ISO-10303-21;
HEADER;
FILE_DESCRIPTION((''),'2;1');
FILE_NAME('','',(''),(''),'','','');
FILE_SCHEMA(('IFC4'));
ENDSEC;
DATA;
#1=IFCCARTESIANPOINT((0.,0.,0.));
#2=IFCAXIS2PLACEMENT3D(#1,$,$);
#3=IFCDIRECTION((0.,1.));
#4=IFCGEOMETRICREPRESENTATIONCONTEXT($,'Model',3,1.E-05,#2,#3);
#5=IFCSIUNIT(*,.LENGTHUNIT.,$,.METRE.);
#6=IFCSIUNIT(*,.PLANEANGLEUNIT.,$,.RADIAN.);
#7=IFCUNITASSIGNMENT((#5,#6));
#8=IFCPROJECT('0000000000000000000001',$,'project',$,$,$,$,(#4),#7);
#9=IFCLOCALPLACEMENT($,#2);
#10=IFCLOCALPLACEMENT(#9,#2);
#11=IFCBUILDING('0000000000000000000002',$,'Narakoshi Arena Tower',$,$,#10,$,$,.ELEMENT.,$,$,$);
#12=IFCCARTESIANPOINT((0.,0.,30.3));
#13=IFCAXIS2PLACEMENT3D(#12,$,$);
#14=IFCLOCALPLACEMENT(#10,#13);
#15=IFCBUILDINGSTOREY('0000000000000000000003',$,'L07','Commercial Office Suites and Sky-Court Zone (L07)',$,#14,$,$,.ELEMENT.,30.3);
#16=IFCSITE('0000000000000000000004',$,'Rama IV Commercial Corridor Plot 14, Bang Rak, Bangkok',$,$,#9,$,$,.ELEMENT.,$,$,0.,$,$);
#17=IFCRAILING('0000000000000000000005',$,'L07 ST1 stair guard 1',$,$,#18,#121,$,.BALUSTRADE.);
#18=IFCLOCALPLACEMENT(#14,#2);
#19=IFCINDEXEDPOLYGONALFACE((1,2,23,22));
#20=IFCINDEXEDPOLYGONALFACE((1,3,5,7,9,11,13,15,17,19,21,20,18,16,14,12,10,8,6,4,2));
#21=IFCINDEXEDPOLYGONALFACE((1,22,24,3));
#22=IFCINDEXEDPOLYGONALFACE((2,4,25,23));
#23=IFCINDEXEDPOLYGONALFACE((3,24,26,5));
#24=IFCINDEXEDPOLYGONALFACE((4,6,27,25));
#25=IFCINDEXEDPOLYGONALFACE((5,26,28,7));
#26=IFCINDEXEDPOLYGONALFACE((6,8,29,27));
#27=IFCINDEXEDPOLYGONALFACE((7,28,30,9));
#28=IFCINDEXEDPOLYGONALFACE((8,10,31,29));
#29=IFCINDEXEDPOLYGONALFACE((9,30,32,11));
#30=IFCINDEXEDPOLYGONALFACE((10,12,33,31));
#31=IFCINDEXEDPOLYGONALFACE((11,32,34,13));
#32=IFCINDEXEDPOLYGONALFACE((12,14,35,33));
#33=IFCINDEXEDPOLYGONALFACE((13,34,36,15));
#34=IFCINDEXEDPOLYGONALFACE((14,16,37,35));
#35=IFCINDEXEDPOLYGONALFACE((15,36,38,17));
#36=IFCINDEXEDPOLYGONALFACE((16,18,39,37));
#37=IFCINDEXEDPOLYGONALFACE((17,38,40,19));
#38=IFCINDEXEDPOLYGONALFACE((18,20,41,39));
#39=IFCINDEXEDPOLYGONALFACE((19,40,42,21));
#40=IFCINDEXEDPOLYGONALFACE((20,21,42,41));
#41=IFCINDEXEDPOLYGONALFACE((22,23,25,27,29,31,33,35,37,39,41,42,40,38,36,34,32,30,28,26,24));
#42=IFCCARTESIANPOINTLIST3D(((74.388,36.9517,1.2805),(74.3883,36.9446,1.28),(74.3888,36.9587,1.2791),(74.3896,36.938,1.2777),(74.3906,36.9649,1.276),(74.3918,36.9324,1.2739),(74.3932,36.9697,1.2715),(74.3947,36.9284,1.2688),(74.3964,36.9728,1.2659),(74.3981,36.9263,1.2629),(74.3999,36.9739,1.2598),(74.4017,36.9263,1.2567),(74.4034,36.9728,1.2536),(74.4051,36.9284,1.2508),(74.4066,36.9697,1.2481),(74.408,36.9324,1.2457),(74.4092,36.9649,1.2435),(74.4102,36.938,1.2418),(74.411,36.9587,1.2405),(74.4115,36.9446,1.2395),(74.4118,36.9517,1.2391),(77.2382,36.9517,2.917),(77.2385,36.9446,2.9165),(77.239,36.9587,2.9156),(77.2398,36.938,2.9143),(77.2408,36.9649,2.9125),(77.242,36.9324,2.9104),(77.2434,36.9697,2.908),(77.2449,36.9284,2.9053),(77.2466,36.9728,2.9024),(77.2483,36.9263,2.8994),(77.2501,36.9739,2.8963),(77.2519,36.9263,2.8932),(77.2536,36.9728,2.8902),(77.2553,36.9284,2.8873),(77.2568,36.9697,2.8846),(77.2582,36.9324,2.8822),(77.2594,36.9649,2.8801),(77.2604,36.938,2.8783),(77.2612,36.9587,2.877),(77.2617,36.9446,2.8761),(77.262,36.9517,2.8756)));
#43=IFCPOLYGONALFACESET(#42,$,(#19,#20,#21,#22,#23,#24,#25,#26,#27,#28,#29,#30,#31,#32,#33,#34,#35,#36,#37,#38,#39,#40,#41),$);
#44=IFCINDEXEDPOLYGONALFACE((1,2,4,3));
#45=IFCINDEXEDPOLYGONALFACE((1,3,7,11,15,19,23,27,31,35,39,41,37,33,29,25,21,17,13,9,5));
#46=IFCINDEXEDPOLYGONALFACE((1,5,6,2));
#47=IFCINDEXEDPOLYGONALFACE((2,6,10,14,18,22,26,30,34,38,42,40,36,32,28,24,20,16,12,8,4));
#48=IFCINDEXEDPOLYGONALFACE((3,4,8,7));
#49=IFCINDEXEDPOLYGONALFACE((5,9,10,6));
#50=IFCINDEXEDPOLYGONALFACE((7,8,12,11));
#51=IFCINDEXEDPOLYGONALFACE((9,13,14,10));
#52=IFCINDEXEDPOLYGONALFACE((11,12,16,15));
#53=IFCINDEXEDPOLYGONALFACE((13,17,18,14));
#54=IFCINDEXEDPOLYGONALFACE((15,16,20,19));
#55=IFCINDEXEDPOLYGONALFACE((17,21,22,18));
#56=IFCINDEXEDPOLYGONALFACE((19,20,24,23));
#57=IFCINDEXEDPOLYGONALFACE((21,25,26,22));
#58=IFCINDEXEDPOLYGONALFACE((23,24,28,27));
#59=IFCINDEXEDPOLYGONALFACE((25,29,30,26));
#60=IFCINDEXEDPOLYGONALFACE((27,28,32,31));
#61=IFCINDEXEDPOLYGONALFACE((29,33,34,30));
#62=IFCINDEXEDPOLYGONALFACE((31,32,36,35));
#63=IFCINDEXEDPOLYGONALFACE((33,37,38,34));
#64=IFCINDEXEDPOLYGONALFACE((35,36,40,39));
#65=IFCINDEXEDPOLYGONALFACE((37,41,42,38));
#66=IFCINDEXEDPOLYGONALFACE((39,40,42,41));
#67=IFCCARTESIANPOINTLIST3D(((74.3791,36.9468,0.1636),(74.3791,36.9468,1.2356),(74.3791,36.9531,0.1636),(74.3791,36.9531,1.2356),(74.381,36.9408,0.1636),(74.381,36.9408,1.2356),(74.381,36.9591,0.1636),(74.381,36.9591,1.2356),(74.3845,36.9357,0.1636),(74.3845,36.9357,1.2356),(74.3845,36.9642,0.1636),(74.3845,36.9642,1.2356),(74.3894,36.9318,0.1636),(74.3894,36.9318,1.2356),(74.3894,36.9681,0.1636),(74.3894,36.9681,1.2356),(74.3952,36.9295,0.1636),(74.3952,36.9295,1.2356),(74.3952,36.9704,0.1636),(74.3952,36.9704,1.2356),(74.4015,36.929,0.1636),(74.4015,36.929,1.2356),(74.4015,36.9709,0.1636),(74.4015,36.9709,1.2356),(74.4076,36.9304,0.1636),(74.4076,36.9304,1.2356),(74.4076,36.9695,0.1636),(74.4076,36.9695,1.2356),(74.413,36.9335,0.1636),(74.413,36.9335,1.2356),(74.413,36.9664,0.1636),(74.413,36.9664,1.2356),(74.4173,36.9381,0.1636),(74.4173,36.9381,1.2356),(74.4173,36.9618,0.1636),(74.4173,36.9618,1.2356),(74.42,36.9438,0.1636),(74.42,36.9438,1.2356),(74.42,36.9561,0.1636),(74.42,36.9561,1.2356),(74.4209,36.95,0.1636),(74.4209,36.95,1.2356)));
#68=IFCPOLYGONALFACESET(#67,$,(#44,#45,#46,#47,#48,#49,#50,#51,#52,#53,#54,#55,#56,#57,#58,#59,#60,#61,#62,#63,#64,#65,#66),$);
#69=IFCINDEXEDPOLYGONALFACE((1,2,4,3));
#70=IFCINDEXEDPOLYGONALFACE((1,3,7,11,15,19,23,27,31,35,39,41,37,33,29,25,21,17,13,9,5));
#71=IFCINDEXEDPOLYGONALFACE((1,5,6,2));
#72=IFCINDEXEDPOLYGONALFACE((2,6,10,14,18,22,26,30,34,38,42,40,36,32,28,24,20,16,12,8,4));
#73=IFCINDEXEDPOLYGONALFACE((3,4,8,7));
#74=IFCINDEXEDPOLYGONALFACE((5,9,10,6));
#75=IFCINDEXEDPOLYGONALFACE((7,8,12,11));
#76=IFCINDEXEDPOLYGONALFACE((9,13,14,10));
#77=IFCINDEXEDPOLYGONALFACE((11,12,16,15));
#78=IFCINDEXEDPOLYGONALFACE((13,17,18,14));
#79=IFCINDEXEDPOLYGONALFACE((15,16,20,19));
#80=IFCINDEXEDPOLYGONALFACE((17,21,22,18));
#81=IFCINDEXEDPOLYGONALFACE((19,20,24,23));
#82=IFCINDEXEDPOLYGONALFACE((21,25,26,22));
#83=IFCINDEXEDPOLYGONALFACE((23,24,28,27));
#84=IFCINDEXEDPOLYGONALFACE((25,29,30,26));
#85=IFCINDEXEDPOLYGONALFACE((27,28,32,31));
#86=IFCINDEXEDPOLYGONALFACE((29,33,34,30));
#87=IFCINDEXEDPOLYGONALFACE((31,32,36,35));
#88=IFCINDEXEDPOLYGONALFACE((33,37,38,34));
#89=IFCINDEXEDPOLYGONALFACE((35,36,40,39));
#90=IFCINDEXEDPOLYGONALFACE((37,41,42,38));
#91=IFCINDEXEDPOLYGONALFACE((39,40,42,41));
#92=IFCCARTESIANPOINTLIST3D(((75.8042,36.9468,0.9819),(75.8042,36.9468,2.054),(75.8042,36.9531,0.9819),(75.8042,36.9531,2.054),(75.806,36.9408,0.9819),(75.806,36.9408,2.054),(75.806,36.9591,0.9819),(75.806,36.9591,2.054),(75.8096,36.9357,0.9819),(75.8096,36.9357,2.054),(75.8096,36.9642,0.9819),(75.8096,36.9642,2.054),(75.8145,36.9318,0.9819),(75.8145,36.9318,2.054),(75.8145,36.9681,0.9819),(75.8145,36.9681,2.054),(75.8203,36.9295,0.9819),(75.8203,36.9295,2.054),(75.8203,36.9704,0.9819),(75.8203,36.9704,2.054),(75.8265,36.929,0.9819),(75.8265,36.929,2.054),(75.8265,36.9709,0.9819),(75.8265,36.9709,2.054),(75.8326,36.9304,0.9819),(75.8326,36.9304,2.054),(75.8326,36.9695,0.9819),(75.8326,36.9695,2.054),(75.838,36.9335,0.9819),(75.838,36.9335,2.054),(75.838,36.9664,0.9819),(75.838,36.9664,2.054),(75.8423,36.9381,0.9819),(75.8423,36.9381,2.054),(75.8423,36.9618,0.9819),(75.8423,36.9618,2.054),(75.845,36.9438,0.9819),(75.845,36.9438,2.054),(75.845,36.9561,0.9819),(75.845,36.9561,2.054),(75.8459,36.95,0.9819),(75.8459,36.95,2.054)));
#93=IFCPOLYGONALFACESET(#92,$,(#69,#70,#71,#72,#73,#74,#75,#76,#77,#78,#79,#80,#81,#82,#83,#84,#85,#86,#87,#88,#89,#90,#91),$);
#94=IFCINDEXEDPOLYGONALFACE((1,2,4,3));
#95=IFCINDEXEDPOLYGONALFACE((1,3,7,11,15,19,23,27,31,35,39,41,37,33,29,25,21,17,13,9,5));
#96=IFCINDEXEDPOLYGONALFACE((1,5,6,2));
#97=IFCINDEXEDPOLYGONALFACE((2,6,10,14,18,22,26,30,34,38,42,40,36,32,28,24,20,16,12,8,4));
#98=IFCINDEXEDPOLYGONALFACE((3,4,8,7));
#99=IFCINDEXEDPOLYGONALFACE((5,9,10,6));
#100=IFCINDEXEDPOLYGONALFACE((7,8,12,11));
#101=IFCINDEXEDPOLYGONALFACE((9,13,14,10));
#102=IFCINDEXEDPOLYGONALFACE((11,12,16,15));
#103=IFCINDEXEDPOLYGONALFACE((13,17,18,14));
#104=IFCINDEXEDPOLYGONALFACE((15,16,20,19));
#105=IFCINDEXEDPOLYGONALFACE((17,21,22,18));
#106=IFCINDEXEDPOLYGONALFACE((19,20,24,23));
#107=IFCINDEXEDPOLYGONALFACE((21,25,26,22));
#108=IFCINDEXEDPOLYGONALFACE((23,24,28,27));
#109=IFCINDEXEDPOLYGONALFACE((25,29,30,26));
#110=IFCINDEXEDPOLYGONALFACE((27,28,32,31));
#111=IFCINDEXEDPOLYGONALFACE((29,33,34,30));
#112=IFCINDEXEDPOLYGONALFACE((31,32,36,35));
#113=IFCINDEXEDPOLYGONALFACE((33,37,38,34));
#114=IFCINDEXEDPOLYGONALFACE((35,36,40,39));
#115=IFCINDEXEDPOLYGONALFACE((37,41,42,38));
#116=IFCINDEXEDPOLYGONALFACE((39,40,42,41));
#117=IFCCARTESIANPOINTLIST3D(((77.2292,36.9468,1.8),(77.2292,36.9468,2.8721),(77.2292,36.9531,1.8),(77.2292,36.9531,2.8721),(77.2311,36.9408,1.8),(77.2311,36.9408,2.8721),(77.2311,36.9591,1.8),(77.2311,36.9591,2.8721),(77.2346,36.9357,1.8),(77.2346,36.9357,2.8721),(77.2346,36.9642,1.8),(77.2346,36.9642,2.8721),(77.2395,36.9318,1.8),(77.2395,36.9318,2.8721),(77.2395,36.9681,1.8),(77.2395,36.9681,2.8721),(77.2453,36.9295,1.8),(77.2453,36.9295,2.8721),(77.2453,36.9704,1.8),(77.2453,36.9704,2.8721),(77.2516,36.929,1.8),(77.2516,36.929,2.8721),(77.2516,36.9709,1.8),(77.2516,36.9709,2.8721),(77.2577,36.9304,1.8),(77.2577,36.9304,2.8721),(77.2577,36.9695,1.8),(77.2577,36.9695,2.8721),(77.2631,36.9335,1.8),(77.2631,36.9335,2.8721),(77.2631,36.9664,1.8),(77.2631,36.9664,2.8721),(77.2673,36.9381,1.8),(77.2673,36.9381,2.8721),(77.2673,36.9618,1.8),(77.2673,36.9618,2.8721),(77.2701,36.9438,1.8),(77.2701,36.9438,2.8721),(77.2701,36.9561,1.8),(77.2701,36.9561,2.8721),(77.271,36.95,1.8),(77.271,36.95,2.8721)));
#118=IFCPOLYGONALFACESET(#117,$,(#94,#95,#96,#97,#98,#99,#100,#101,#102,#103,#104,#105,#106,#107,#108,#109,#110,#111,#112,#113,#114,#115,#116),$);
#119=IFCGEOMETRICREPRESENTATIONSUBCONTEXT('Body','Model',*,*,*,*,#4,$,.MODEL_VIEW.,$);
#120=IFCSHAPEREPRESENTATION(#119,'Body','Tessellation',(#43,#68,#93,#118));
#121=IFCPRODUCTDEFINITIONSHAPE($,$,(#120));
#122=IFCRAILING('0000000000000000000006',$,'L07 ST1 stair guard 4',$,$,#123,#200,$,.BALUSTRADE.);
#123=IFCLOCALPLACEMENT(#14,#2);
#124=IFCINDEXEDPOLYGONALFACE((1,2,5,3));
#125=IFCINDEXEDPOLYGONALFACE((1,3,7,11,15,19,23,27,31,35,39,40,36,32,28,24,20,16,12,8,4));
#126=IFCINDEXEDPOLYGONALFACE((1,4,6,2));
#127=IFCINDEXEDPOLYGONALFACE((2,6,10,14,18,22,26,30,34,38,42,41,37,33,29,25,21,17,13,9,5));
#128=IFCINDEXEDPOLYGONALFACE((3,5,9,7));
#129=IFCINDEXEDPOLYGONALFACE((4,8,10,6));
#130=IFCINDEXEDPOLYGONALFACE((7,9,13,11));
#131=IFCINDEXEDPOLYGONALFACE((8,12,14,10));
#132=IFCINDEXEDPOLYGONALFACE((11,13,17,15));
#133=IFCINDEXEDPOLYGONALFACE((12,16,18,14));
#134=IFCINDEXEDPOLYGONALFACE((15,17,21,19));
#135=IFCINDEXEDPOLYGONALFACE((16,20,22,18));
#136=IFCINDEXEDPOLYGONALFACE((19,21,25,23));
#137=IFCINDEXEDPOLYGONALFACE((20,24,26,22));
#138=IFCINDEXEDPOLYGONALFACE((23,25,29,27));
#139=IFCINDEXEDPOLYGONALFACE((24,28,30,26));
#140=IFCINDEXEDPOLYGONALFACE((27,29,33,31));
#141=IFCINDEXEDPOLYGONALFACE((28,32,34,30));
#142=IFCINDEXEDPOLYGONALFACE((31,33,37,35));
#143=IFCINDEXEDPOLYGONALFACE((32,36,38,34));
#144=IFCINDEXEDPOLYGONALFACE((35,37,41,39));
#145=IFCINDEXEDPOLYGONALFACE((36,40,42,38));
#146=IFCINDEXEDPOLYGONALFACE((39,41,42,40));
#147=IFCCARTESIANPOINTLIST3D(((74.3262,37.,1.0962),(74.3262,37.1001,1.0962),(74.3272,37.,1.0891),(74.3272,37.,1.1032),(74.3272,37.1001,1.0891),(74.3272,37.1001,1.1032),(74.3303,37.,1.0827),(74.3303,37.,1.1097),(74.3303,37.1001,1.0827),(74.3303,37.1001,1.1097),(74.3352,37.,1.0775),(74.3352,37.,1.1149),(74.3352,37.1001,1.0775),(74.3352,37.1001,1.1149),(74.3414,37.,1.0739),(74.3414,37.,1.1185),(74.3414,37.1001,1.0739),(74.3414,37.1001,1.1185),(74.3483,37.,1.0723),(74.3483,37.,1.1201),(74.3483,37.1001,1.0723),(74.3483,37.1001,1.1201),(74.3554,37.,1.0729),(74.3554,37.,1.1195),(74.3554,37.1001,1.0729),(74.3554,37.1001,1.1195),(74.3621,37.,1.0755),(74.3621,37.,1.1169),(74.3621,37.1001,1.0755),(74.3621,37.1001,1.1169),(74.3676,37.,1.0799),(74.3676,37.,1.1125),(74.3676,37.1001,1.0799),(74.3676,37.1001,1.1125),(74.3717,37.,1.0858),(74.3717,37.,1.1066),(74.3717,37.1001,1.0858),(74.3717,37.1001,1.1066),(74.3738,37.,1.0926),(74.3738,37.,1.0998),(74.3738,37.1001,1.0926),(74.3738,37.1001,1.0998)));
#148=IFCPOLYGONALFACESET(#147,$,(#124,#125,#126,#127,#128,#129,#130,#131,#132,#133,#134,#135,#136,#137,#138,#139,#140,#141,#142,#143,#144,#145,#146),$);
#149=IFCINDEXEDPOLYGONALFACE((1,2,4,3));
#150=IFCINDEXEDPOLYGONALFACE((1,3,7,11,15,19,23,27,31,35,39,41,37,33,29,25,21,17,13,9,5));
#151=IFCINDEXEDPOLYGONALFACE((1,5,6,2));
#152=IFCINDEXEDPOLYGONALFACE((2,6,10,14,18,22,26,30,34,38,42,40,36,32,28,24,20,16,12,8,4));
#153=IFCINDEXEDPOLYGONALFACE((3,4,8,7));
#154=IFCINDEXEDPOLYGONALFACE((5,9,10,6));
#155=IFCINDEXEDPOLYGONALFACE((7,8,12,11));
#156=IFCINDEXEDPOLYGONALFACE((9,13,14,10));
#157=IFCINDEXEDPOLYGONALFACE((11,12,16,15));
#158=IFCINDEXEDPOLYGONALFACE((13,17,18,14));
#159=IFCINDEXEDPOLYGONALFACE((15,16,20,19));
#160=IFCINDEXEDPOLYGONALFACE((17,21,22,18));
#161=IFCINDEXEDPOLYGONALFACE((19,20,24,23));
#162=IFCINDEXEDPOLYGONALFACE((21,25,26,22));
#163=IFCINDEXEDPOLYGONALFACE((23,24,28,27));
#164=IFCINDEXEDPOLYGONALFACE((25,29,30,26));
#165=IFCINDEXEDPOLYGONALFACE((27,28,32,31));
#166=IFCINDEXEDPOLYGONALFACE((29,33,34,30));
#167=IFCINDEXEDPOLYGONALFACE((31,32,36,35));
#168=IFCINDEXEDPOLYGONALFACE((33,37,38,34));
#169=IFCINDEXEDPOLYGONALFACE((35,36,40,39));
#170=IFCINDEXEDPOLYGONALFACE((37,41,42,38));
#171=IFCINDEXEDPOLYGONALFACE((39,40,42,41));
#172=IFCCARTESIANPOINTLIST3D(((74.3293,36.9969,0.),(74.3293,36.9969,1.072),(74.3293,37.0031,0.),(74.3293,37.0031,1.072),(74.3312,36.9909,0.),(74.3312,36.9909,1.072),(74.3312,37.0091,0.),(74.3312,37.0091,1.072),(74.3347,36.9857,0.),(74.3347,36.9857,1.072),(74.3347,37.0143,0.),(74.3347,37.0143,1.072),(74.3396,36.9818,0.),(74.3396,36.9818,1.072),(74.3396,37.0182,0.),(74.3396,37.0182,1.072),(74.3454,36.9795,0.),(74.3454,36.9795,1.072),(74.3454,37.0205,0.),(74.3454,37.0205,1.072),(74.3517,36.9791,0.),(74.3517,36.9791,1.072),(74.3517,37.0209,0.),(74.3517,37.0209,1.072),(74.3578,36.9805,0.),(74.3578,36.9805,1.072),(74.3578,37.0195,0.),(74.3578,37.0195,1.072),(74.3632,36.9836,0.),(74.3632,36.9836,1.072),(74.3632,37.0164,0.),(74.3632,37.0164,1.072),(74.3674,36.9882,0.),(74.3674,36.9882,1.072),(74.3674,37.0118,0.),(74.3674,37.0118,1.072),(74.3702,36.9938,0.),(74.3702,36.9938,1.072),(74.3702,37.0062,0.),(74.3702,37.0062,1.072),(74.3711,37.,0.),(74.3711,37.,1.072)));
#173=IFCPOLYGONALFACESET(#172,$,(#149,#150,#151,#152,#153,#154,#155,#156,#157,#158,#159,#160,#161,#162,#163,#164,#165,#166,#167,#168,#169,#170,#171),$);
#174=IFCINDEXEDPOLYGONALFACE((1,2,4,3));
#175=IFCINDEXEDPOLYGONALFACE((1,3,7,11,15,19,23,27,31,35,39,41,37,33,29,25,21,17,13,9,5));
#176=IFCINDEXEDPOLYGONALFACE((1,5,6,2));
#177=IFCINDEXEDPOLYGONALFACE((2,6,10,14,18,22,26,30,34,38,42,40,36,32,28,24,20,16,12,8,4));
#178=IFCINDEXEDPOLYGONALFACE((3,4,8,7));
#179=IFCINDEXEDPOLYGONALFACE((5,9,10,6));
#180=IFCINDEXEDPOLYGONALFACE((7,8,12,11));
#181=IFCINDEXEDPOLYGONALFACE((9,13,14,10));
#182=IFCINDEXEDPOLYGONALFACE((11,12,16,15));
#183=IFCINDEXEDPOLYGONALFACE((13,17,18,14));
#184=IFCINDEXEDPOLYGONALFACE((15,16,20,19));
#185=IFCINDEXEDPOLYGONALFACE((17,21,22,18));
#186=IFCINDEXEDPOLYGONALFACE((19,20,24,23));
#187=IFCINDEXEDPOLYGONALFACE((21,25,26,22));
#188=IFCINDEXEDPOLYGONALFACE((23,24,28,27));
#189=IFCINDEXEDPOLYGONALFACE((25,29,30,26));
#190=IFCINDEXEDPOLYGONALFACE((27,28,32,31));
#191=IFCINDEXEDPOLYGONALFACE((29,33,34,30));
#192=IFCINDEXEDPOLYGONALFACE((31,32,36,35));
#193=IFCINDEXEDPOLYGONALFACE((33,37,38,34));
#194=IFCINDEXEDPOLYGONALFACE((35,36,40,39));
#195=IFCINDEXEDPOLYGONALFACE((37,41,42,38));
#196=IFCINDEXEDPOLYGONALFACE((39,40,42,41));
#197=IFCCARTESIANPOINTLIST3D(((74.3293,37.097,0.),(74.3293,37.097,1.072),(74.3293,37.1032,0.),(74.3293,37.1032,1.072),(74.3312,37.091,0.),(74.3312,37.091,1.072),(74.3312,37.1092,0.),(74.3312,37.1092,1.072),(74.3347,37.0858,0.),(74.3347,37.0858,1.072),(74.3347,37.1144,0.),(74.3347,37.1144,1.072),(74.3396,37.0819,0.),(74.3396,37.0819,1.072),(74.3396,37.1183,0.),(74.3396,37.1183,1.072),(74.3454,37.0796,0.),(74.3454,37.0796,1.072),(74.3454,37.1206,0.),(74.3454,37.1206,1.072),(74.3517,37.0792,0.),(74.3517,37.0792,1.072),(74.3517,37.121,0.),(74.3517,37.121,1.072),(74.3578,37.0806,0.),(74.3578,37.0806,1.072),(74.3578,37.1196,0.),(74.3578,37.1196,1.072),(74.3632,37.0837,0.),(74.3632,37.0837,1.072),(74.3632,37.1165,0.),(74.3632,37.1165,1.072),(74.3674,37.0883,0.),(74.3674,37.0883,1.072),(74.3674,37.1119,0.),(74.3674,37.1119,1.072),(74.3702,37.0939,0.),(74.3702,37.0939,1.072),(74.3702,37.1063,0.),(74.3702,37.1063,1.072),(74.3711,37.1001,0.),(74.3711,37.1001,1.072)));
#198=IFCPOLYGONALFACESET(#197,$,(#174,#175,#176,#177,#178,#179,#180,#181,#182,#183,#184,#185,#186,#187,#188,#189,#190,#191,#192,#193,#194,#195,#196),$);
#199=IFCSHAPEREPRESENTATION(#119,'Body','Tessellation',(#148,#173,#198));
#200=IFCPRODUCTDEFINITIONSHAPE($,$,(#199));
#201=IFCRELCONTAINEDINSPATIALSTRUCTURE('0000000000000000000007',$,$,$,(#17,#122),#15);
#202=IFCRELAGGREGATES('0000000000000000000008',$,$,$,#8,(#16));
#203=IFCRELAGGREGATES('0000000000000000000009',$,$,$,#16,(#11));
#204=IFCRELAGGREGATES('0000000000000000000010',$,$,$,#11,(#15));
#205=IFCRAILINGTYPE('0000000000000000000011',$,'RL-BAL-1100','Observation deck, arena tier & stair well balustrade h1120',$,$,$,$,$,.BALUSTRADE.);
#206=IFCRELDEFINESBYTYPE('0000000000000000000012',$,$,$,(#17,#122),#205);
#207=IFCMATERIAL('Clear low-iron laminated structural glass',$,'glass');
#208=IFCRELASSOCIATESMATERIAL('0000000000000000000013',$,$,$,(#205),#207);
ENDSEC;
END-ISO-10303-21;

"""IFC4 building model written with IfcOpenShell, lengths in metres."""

from ifc_helpers import new_model, si_unit, direction, frame, origin, origin_2d, place, context, subcontext, project, spatial, circle, extrude, material, type_object, element, save


model = new_model("IFC4")

# Units and contexts
model_context = context("Model", 3, precision=1e-05, world=origin(), true_north=direction((0.0, 1.0)))
body_context = subcontext(model_context, "Body", "Model", "MODEL_VIEW")
ifc_project = project(units=[si_unit("LENGTHUNIT", "METRE"), si_unit("PLANEANGLEUNIT", "RADIAN")], contexts=[model_context])

# Site, building, storey
site_placement = place(None, origin())
site = spatial("IfcSite", under=ifc_project, at=site_placement, Name="Rama IV Commercial Corridor Plot 14, Bang Rak, Bangkok", CompositionType="ELEMENT", RefElevation=0.0)
building_placement = place(site_placement, origin())
building = spatial("IfcBuilding", under=site, at=building_placement, Name="Narakoshi Arena Tower", CompositionType="ELEMENT")
storey_placement = place(building_placement, frame((0.0, 0.0, 30.3)))
storey = spatial("IfcBuildingStorey", under=building, at=storey_placement, Name="L07", Description="Commercial Office Suites and Sky-Court Zone (L07)", CompositionType="ELEMENT", Elevation=30.3)

# Railings
ifc_material_1 = material(Name="Clear low-iron laminated structural glass", Category="glass")
railing_type_1 = type_object("IfcRailingType", Name="RL-BAL-1100", Description="Observation deck, arena tier & stair well balustrade h1120", PredefinedType="BALUSTRADE", material=ifc_material_1)
railing_placement = place(storey_placement, frame((74.3999, 36.95, 0.1636)))
element("IfcRailing", 1, at=railing_placement, inside=storey, type_object=railing_type_1, Name="L07 ST1 stair guard 1", PredefinedType="BALUSTRADE", context=body_context, shape_type="SweptSolid", body=[
    extrude(circle(Radius=0.0239, at=origin_2d()), frame((0.0, 0.0, 1.0962), z_axis=(0.867213, 0.0, 0.497938), x_axis=(0.0, 1.0, 0.0)), (0.0, 0.0, 1.0), 3.2866),
    extrude(circle(Radius=0.021, at=origin_2d()), origin(), (0.0, 0.0, 1.0), 1.072),
    extrude(circle(Radius=0.021, at=origin_2d()), frame((1.425, 0.0, 0.8184)), (0.0, 0.0, 1.0), 1.072),
    extrude(circle(Radius=0.021, at=origin_2d()), frame((2.8501, 0.0, 1.6365)), (0.0, 0.0, 1.0), 1.072),
])
for number, where, name in (
    (2, (74.3501, 37.0, 0.0), "L07 ST1 stair guard 4"),
):
    element("IfcRailing", number, at=place(storey_placement, frame(where)), inside=storey, type_object=railing_type_1, Name=name, PredefinedType="BALUSTRADE", context=body_context, shape_type="SweptSolid", body=[
        extrude(circle(Radius=0.0239, at=origin_2d()), frame((0.0, 0.0, 1.0962), z_axis=(0.0, 1.0, 0.0), x_axis=(-1.0, 0.0, 0.0)), (0.0, 0.0, 1.0), 0.1001),
        extrude(circle(Radius=0.021, at=origin_2d()), origin(), (0.0, 0.0, 1.0), 1.072),
        extrude(circle(Radius=0.021, at=origin_2d()), frame((0.0, 0.1001, 0.0)), (0.0, 0.0, 1.0), 1.072),
    ])

save(model, "model.ifc")
